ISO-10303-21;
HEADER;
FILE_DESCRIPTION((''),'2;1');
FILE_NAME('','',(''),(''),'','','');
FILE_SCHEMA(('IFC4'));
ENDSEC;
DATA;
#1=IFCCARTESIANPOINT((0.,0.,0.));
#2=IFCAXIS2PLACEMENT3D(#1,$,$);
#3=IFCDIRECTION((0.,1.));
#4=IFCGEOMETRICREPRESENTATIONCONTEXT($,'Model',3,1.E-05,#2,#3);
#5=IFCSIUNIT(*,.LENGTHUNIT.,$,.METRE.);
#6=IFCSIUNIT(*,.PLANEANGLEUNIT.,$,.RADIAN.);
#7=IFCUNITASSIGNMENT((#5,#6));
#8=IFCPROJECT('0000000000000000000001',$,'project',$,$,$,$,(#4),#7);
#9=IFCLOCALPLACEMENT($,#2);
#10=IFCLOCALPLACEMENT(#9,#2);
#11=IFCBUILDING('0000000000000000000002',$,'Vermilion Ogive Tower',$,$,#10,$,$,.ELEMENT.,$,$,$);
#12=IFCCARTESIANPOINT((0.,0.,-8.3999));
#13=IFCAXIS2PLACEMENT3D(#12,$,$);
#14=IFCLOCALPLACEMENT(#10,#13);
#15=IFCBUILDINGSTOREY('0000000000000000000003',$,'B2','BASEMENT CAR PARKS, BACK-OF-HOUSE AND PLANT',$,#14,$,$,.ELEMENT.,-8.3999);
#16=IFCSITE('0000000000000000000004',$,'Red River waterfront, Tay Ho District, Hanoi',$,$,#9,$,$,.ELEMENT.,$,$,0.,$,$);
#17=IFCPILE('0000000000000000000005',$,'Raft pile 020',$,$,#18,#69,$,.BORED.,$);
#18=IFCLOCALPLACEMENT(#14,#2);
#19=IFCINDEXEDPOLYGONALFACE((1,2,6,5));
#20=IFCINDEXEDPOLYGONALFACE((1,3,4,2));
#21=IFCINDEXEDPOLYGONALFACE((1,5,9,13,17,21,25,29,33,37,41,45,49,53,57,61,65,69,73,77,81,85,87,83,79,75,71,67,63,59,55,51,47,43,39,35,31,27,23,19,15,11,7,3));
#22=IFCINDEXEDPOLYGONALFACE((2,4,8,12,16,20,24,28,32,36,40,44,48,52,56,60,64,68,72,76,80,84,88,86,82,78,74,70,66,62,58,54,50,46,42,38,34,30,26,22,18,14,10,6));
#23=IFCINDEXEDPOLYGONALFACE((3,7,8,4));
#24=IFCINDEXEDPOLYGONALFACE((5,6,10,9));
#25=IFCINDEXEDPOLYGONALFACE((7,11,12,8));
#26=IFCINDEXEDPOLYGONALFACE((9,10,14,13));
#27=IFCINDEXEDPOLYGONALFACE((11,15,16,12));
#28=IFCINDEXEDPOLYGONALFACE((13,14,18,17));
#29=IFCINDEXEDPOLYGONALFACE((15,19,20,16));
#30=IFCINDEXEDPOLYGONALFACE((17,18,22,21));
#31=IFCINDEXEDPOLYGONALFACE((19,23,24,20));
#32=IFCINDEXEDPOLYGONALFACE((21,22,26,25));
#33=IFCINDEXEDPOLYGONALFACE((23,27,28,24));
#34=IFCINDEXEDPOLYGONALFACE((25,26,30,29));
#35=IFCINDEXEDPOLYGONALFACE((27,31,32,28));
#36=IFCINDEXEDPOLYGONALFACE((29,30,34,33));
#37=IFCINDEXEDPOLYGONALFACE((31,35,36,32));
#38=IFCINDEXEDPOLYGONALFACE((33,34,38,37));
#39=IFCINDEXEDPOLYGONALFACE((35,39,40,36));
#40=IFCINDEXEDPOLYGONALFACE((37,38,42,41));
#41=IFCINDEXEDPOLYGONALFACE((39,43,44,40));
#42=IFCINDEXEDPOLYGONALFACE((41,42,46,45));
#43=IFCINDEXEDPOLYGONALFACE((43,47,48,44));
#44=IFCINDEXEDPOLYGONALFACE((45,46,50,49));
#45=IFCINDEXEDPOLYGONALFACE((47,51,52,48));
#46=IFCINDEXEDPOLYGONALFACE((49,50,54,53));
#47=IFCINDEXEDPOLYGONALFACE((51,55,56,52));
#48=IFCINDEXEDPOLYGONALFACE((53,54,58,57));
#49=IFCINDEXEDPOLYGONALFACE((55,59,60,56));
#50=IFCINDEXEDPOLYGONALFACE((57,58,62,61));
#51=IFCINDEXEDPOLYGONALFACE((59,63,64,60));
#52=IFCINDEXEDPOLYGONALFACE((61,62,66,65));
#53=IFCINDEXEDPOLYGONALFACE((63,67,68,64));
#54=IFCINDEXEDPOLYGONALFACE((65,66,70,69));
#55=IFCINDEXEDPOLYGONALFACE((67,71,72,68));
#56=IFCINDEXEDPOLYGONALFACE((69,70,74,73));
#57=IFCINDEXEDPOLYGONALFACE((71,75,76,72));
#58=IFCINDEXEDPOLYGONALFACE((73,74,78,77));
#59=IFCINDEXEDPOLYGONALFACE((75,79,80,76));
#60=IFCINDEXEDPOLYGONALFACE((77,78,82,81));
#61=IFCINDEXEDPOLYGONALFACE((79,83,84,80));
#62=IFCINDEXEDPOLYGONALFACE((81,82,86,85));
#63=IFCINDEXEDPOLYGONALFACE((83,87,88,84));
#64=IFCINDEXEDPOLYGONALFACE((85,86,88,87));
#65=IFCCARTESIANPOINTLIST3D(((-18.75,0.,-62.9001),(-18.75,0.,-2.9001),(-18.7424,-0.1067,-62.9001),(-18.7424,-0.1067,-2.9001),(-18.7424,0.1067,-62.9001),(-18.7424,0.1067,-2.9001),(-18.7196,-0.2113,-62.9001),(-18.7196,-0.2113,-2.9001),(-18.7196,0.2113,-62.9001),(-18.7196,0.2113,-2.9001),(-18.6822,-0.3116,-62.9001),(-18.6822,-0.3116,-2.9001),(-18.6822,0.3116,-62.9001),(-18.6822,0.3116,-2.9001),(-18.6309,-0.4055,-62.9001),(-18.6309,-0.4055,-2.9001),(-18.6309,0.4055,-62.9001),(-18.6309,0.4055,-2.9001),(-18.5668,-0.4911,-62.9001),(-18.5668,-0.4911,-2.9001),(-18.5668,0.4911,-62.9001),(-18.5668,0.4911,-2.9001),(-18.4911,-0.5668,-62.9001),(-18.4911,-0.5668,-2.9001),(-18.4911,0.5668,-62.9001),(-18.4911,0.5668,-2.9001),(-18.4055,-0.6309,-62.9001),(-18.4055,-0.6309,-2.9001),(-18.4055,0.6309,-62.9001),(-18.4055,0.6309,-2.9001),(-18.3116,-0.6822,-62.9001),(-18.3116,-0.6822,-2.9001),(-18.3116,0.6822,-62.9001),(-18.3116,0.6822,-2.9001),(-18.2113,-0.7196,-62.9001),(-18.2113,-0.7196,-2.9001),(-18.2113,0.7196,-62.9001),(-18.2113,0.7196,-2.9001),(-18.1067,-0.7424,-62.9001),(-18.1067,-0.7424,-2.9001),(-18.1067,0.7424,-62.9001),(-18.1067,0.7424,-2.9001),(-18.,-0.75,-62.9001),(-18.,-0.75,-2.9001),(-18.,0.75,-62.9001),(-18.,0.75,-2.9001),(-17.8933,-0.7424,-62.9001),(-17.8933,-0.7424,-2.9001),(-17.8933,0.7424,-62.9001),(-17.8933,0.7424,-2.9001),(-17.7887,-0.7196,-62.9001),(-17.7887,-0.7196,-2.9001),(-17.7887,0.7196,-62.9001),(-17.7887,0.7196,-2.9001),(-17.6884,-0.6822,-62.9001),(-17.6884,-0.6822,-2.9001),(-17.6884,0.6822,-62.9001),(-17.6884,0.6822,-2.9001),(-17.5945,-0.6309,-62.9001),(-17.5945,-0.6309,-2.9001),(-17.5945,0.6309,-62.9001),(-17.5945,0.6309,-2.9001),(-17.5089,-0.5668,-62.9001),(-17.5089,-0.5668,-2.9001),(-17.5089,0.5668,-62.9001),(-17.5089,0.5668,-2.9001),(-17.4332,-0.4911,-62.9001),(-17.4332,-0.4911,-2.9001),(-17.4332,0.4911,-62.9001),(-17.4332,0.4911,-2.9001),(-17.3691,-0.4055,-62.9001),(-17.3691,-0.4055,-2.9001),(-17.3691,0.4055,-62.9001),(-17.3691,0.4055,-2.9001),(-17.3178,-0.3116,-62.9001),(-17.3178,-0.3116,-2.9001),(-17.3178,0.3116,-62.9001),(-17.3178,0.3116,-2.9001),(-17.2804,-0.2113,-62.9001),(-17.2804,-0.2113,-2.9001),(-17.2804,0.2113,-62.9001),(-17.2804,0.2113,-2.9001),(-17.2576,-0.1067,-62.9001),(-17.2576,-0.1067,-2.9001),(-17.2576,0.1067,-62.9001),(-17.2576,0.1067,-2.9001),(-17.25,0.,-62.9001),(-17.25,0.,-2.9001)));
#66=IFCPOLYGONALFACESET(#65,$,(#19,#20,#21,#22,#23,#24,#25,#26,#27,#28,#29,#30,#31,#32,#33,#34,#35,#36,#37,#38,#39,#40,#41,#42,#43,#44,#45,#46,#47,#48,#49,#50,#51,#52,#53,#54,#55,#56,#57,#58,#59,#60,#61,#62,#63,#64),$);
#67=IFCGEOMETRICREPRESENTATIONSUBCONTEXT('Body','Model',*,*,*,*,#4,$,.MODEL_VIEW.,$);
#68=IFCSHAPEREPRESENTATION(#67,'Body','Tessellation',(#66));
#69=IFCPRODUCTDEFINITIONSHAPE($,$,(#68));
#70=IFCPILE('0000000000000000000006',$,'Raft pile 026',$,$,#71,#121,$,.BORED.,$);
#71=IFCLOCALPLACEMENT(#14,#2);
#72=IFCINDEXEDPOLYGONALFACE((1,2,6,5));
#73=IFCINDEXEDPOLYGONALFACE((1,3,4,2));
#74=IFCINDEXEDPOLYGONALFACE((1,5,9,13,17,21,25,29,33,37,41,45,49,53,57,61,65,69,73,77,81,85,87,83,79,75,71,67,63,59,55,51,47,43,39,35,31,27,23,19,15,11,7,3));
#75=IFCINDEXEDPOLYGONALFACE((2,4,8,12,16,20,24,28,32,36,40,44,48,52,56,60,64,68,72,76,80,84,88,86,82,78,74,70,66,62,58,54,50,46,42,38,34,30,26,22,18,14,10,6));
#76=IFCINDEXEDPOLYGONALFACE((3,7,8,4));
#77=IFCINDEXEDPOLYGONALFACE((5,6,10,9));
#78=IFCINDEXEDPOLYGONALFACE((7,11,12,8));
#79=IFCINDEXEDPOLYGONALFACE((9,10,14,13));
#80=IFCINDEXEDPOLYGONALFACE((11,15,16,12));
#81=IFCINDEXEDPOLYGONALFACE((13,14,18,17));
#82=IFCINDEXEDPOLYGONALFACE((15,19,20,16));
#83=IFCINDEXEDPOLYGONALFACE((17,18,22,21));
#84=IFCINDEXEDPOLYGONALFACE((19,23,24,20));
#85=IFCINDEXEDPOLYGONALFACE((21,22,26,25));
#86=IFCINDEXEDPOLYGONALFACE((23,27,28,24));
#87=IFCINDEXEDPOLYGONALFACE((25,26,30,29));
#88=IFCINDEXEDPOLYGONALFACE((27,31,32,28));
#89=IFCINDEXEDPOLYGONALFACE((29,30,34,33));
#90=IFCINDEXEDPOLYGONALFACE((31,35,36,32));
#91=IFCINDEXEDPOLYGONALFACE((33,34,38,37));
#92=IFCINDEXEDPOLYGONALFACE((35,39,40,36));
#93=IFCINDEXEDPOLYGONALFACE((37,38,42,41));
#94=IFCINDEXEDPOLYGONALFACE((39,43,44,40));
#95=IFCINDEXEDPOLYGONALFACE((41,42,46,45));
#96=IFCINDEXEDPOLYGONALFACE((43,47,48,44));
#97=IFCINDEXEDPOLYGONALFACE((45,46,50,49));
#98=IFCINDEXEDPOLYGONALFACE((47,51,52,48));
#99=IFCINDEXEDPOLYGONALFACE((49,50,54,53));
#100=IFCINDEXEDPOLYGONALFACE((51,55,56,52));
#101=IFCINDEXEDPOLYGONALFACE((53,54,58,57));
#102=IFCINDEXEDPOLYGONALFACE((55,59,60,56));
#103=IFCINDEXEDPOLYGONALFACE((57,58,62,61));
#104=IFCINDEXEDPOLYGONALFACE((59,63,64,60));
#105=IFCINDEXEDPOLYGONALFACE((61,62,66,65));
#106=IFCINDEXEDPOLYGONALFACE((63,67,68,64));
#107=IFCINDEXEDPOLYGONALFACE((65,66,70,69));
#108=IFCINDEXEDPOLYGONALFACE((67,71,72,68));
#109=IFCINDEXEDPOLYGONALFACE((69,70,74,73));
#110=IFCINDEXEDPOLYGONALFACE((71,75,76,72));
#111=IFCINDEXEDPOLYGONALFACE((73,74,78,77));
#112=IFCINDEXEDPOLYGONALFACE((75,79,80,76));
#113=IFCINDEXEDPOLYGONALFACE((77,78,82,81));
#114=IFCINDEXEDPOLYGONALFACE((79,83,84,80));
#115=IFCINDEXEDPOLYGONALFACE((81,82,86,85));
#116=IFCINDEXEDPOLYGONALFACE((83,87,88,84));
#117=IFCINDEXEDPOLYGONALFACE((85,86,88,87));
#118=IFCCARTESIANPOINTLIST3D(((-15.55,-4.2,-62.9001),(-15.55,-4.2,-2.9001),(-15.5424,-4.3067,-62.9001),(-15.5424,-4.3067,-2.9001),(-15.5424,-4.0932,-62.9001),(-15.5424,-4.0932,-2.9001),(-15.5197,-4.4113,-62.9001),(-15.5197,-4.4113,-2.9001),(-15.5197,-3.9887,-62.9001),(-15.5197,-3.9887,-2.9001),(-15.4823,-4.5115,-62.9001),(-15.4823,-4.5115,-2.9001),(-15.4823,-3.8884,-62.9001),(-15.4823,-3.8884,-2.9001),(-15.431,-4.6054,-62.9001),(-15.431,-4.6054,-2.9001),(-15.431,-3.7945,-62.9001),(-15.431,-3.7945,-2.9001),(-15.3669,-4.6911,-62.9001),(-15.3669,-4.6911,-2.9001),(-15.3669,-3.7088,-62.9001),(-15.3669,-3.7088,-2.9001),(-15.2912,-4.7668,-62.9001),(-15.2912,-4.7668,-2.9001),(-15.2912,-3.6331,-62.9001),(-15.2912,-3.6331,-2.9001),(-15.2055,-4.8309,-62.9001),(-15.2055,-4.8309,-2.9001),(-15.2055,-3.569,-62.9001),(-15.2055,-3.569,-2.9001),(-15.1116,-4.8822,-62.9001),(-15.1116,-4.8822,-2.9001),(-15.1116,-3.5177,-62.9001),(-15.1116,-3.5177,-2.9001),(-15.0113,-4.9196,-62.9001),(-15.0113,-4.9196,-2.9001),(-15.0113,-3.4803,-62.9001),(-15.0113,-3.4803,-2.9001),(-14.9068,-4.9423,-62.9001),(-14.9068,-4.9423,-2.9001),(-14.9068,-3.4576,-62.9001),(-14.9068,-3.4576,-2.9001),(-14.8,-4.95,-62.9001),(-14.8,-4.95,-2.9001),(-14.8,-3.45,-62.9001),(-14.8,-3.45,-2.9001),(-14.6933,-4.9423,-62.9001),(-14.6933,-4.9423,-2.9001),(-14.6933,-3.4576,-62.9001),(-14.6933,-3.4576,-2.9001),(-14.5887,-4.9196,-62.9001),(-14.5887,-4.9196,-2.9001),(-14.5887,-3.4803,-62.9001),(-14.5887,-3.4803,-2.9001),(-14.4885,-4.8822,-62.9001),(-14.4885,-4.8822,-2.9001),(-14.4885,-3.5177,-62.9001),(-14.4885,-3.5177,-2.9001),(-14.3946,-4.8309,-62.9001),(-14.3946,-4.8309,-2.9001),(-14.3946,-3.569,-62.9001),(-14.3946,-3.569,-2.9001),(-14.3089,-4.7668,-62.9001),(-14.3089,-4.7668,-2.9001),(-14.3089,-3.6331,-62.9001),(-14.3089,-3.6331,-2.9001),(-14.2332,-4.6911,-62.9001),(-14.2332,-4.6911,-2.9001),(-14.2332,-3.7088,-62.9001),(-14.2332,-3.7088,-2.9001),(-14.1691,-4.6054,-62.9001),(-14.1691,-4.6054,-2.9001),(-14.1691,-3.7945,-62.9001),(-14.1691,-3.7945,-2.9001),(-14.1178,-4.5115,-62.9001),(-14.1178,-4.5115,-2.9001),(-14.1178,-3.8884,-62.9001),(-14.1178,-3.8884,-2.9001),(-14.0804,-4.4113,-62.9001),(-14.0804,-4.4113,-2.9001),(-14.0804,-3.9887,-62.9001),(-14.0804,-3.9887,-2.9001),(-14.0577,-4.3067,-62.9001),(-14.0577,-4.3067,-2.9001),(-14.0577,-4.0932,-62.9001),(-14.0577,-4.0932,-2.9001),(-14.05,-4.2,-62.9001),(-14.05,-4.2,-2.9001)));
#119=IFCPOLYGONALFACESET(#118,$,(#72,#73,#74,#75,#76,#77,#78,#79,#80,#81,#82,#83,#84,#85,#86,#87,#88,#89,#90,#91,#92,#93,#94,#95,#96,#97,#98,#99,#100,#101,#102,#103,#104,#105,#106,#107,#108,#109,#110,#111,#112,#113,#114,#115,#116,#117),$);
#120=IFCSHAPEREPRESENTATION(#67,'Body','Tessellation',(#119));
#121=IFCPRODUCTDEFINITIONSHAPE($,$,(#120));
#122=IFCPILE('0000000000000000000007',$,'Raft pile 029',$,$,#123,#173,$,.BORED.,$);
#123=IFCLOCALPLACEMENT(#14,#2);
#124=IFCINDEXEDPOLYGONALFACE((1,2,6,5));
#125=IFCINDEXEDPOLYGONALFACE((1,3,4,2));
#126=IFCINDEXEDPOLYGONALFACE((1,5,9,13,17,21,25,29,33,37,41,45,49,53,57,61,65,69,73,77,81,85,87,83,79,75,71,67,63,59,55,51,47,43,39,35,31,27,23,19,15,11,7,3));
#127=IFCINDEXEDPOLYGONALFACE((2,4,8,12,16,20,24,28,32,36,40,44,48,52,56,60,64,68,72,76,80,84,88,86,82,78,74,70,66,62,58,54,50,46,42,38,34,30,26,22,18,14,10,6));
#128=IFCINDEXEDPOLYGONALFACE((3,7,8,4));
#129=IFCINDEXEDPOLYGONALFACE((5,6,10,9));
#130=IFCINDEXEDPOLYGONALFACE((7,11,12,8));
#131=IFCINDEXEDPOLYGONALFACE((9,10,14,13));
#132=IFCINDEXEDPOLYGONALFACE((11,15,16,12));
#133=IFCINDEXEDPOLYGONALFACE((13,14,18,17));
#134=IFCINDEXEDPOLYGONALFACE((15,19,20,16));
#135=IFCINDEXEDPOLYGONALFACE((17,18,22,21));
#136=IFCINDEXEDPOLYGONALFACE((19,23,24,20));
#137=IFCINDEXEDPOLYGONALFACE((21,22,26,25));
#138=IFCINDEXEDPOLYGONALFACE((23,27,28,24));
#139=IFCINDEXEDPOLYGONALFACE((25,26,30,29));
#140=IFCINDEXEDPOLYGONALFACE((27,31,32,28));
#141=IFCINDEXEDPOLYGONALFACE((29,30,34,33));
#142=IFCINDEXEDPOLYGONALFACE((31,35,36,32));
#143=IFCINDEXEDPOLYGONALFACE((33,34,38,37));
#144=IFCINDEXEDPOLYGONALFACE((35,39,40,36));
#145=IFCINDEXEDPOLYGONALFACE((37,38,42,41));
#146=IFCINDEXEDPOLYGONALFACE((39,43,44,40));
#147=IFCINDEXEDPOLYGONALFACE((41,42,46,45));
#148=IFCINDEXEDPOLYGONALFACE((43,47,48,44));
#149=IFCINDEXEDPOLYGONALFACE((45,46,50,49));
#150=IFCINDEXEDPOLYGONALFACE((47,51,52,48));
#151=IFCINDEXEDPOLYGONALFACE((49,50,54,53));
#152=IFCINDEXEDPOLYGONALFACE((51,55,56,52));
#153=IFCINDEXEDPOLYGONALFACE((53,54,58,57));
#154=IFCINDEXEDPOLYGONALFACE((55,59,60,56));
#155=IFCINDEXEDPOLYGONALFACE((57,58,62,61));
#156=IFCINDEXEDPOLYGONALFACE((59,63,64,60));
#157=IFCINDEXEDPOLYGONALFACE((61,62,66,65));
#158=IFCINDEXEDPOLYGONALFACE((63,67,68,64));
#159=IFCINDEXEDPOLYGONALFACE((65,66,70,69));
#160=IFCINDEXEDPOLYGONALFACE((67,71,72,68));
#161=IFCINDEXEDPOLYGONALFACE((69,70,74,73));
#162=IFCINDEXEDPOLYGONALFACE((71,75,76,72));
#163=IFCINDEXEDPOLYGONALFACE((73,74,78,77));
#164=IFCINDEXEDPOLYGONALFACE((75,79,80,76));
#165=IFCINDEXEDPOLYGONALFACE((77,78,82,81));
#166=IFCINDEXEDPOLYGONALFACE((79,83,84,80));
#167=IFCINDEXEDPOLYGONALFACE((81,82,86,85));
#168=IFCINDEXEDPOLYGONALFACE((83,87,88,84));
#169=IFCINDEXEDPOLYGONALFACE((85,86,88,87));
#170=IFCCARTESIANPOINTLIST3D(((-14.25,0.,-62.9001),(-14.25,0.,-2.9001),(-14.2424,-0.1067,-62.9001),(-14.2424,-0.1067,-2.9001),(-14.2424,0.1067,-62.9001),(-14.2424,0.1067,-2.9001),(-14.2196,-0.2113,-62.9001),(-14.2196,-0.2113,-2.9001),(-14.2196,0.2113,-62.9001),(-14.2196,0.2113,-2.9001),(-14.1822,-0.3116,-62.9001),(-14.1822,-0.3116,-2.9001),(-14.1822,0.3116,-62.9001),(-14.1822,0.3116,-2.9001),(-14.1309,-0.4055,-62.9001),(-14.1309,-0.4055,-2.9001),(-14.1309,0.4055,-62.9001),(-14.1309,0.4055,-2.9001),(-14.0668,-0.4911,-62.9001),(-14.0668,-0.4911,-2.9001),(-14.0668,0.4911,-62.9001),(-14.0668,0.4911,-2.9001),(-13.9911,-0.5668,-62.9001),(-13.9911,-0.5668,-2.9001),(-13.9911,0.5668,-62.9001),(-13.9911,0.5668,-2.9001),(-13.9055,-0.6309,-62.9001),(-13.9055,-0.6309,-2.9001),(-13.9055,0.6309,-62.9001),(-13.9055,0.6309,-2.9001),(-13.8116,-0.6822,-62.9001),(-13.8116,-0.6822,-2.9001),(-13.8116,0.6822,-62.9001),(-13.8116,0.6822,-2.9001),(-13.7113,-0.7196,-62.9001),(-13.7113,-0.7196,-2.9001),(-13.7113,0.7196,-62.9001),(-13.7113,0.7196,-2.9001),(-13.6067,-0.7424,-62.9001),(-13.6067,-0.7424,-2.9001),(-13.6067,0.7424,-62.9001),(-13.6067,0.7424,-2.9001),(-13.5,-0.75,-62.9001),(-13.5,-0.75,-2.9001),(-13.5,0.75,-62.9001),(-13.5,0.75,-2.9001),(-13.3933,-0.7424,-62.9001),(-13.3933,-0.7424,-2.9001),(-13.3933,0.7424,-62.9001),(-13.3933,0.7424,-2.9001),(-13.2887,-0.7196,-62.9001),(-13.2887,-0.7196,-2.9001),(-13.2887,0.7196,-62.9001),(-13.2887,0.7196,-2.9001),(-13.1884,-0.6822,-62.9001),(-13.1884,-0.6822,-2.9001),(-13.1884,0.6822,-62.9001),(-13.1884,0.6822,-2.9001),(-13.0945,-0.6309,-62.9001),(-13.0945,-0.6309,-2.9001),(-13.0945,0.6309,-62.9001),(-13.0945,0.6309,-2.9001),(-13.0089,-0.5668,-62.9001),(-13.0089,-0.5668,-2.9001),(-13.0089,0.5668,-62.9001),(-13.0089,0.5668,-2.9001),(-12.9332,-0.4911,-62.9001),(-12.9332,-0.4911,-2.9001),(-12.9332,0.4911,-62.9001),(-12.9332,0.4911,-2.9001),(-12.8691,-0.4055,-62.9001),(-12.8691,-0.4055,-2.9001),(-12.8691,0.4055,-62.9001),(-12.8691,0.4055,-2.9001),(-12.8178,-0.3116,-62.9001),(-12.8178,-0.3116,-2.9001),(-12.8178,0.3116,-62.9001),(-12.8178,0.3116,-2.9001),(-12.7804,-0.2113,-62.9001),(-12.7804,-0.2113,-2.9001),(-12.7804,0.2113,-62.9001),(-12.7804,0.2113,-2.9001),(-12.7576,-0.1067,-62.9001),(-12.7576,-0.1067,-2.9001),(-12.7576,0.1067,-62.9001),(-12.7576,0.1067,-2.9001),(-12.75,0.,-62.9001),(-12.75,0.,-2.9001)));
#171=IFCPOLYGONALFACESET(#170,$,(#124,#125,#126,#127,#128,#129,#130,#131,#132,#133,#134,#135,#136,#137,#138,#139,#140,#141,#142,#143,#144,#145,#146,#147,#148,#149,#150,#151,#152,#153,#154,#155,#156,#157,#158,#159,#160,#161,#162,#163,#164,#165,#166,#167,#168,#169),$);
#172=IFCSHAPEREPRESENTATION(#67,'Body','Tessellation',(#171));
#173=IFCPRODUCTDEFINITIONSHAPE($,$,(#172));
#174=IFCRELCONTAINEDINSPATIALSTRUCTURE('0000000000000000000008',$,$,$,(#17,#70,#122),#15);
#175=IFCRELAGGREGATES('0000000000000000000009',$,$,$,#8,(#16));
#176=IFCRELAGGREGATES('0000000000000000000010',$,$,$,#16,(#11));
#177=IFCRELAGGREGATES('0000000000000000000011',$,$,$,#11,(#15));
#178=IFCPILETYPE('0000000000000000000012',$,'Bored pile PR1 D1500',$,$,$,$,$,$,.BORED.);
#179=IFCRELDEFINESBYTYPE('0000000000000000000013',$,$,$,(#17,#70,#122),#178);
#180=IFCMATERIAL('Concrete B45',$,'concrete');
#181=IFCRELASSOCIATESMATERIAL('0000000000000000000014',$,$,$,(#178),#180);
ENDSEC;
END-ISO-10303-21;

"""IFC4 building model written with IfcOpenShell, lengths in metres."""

from ifc_helpers import new_model, si_unit, direction, frame, origin, origin_2d, place, context, subcontext, project, spatial, circle, extrude, material, type_object, element, save


model = new_model("IFC4")

# Units and contexts
model_context = context("Model", 3, precision=1e-05, world=origin(), true_north=direction((0.0, 1.0)))
body_context = subcontext(model_context, "Body", "Model", "MODEL_VIEW")
ifc_project = project(units=[si_unit("LENGTHUNIT", "METRE"), si_unit("PLANEANGLEUNIT", "RADIAN")], contexts=[model_context])

# Site, building, storey
site_placement = place(None, origin())
site = spatial("IfcSite", under=ifc_project, at=site_placement, Name="Red River waterfront, Tay Ho District, Hanoi", CompositionType="ELEMENT", RefElevation=0.0)
building_placement = place(site_placement, origin())
building = spatial("IfcBuilding", under=site, at=building_placement, Name="Vermilion Ogive Tower", CompositionType="ELEMENT")
storey_placement = place(building_placement, frame((0.0, 0.0, -8.3999)))
storey = spatial("IfcBuildingStorey", under=building, at=storey_placement, Name="B2", Description="BASEMENT CAR PARKS, BACK-OF-HOUSE AND PLANT", CompositionType="ELEMENT", Elevation=-8.3999)

# Piles
ifc_material_1 = material(Name="Concrete B45", Category="concrete")
pile_type = type_object("IfcPileType", Name="Bored pile PR1 D1500", PredefinedType="BORED", material=ifc_material_1)
for number, where, z_axis, x_axis, name in (
    (1, (-18.0, 0.0, -2.9001), (0.0, 0.0, -1.0), (1.0, 0.0, 0.0), "Raft pile 020"),
    (2, (-14.8, -4.2, -2.9001), (0.0, 0.0, -1.0), (1.0, 0.0, 0.0), "Raft pile 026"),
    (3, (-13.5, 0.0, -2.9001), (0.0, 0.0, -1.0), (1.0, 0.0, 0.0), "Raft pile 029"),
):
    element("IfcPile", number, at=place(storey_placement, frame(where, z_axis=z_axis, x_axis=x_axis)), inside=storey, type_object=pile_type, Name=name, PredefinedType="BORED", context=body_context, shape_type="SweptSolid", body=[
        extrude(circle(Radius=0.75, at=origin_2d()), origin(), (0.0, 0.0, 1.0), 60.0),
    ])

save(model, "model.ifc")
